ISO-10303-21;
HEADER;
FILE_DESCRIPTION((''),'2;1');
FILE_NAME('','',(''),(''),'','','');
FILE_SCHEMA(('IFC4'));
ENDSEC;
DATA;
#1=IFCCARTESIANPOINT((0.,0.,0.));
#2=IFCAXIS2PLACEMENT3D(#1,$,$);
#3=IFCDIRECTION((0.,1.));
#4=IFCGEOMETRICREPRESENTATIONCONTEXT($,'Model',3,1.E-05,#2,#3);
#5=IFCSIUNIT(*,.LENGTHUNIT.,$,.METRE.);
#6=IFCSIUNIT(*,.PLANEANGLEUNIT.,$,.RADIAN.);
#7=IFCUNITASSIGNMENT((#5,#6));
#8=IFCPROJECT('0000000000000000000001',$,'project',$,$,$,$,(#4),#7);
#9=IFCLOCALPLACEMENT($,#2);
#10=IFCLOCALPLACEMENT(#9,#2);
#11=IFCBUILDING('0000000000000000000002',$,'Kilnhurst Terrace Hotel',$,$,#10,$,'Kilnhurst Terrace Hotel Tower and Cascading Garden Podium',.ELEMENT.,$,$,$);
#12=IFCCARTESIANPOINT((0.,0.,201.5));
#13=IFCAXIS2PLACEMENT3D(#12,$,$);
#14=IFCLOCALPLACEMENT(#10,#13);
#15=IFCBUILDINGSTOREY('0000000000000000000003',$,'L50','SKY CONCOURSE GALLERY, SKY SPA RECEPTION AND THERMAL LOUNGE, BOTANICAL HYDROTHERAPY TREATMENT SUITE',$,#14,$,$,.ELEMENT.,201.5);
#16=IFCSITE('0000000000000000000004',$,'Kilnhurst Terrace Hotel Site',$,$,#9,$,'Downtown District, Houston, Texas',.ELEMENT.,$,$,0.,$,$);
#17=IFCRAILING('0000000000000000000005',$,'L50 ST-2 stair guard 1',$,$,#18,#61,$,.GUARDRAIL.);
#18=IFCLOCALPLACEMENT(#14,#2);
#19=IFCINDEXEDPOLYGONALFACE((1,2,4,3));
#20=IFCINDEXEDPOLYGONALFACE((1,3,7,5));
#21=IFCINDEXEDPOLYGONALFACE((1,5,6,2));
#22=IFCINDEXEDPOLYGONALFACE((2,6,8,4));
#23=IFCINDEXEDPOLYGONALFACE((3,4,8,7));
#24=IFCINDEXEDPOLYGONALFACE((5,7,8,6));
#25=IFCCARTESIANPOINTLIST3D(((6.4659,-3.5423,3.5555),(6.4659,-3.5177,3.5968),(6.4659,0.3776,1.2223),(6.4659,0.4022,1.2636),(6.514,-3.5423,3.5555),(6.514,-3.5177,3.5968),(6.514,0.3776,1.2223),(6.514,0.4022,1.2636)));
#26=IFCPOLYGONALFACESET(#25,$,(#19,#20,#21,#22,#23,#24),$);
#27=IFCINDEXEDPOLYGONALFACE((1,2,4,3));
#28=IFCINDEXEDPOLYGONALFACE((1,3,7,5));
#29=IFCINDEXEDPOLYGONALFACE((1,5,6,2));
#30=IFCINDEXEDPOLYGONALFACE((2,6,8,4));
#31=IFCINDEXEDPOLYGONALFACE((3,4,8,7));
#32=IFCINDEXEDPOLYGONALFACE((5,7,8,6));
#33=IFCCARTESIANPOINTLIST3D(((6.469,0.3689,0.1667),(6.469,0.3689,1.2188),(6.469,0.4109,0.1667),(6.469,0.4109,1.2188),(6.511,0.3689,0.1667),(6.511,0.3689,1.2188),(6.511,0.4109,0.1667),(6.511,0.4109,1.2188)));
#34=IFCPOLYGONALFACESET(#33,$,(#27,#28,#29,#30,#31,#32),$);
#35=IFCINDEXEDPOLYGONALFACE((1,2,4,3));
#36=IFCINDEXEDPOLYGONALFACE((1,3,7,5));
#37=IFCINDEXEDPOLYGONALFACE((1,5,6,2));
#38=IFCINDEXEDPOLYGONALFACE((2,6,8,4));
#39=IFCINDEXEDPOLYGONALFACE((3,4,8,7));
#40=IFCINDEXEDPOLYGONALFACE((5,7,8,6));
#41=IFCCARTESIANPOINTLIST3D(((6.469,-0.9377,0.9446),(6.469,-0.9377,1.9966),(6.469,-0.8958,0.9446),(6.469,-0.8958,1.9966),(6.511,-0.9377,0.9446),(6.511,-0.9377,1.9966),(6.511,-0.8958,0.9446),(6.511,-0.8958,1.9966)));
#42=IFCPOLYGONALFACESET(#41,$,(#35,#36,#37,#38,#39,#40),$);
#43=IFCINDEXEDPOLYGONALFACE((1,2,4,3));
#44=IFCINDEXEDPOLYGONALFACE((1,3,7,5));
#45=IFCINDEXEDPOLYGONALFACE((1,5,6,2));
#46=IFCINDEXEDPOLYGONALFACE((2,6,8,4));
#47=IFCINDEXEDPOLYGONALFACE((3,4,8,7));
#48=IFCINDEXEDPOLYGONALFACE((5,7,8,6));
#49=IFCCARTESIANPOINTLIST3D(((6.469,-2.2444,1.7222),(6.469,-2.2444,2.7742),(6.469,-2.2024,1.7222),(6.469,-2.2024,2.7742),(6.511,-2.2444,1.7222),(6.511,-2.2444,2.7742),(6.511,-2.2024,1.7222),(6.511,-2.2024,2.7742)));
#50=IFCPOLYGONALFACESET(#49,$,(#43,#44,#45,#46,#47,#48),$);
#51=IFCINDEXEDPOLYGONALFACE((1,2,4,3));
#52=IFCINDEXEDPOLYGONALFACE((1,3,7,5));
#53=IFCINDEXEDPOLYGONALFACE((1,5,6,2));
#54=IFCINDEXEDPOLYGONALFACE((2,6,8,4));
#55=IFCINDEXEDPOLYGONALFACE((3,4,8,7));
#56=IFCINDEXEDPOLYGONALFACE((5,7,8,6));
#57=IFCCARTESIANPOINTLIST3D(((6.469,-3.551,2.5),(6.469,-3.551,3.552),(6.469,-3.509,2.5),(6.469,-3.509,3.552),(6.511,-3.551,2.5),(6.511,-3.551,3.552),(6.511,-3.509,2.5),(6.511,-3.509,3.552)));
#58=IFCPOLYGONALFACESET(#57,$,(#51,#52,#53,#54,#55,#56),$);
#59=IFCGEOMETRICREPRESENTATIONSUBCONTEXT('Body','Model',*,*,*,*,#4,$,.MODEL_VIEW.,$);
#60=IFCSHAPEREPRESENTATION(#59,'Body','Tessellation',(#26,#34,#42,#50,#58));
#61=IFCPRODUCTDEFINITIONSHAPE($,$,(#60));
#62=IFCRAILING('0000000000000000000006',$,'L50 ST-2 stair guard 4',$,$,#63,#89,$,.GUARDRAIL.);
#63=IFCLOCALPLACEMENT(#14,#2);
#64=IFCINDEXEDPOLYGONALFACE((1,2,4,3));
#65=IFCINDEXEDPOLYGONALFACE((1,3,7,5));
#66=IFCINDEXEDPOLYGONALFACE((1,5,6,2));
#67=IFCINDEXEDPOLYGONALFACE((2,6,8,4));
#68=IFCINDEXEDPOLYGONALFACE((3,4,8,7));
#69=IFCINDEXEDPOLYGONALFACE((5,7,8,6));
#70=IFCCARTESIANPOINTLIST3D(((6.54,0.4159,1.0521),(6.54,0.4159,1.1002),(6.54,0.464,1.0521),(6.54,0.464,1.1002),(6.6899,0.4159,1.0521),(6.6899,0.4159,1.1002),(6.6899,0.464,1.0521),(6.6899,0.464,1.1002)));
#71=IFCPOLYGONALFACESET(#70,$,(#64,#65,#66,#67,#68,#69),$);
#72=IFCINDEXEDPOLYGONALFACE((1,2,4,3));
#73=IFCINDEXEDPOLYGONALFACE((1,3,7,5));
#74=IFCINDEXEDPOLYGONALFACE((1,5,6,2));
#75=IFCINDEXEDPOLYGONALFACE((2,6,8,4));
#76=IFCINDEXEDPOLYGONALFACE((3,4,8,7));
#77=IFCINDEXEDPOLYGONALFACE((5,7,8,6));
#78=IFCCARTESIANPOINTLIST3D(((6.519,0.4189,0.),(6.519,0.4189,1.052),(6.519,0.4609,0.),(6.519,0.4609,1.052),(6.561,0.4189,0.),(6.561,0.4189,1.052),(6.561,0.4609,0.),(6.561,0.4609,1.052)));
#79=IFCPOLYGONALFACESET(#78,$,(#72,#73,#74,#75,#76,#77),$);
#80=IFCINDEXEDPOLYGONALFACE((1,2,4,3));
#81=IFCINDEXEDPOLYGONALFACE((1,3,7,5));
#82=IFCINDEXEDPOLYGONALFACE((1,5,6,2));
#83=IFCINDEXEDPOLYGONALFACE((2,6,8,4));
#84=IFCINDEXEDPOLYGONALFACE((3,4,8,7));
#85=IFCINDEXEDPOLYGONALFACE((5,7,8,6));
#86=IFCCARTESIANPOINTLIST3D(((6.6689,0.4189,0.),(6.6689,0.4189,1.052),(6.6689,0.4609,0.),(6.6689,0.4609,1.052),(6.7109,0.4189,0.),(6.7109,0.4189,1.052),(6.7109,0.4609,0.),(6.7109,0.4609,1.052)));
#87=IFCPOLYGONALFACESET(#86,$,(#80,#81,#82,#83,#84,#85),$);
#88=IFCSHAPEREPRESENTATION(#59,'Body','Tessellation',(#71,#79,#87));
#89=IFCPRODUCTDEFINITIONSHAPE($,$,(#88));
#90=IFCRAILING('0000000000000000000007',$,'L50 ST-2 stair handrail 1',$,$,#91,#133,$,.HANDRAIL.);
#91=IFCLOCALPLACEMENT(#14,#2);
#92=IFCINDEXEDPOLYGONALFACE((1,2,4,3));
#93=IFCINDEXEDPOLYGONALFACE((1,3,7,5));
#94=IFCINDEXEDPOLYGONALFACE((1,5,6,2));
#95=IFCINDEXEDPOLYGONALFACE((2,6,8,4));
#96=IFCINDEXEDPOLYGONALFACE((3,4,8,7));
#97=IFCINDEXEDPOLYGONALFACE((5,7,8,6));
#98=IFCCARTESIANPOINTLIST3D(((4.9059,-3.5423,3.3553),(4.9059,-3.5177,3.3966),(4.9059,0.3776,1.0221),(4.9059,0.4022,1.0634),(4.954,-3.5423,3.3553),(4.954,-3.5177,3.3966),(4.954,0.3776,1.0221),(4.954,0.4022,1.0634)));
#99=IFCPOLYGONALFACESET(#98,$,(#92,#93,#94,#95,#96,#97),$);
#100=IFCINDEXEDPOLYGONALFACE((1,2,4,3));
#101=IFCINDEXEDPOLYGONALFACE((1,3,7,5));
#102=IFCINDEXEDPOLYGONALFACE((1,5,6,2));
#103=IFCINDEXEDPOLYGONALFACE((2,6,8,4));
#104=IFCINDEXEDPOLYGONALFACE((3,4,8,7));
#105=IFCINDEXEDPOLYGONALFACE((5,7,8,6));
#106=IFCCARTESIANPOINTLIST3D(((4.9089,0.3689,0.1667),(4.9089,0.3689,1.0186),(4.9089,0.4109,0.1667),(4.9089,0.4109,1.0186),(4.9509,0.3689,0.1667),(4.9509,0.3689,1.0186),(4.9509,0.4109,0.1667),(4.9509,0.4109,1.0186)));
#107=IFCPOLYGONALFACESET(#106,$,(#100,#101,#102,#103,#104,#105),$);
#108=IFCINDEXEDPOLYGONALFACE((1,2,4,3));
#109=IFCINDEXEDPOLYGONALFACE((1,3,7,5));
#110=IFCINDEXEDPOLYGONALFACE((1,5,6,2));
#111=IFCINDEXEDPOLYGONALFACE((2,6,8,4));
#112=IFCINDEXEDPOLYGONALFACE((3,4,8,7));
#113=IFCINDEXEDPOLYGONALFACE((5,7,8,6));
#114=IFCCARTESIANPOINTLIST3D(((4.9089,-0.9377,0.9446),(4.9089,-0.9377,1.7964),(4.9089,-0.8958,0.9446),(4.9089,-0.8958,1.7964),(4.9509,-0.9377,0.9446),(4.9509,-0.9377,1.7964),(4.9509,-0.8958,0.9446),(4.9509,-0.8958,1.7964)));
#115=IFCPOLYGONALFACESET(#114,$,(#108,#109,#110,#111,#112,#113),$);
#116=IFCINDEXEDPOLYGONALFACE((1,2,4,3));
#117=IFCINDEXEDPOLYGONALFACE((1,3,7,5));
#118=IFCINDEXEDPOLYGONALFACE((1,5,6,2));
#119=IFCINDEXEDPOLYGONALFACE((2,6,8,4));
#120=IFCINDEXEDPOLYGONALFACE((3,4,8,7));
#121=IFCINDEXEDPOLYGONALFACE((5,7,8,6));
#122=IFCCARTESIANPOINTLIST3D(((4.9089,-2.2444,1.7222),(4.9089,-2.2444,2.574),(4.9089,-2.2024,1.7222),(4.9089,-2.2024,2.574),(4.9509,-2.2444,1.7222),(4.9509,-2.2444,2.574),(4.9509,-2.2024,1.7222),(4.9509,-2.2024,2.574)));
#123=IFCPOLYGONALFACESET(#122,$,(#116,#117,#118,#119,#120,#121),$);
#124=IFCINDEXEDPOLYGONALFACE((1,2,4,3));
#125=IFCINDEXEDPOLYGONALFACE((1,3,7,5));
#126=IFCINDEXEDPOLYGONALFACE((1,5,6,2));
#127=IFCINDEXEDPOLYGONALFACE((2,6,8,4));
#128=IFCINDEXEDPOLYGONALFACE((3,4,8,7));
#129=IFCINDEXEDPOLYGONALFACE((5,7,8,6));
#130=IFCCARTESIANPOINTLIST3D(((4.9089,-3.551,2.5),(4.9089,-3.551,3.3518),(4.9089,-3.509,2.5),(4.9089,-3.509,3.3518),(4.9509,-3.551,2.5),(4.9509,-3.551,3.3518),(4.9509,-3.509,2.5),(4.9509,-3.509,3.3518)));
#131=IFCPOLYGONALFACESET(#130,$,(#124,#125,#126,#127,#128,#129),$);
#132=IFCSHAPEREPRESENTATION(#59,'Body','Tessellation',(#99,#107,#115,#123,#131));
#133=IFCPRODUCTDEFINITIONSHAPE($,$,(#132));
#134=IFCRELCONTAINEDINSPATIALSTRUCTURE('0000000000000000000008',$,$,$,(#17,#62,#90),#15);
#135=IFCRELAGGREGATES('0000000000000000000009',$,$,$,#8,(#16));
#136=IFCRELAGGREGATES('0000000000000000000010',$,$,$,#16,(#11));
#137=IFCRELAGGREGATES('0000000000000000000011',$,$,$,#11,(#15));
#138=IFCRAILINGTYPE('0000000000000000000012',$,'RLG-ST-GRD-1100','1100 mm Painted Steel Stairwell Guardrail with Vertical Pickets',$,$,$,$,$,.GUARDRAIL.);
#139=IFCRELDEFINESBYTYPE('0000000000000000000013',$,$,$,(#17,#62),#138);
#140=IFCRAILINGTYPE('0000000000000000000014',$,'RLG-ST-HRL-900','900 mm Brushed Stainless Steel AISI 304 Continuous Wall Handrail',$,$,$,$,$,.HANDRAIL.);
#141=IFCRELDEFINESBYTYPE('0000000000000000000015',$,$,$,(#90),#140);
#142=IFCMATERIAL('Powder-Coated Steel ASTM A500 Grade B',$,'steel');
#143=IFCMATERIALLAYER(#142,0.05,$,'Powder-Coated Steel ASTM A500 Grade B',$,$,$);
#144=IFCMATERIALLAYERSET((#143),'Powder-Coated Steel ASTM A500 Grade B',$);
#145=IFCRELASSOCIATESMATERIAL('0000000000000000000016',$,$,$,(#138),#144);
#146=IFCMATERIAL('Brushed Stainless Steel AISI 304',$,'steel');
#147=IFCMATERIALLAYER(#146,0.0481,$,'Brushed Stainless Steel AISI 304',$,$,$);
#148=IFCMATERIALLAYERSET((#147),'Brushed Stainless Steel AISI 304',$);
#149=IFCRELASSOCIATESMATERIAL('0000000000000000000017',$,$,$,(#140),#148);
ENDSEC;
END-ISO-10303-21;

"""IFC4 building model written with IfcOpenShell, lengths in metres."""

from ifc_helpers import new_model, si_unit, direction, frame, origin, origin_2d, place, context, subcontext, project, spatial, rectangle, extrude, material, layer, layer_set, type_object, element, save


model = new_model("IFC4")

# Units and contexts
model_context = context("Model", 3, precision=1e-05, world=origin(), true_north=direction((0.0, 1.0)))
body_context = subcontext(model_context, "Body", "Model", "MODEL_VIEW")
ifc_project = project(units=[si_unit("LENGTHUNIT", "METRE"), si_unit("PLANEANGLEUNIT", "RADIAN")], contexts=[model_context])

# Site, building, storey
site_placement = place(None, origin())
site = spatial("IfcSite", under=ifc_project, at=site_placement, Name="Kilnhurst Terrace Hotel Site", LongName="Downtown District, Houston, Texas", CompositionType="ELEMENT", RefElevation=0.0)
building_placement = place(site_placement, origin())
building = spatial("IfcBuilding", under=site, at=building_placement, Name="Kilnhurst Terrace Hotel", LongName="Kilnhurst Terrace Hotel Tower and Cascading Garden Podium", CompositionType="ELEMENT")
storey_placement = place(building_placement, frame((0.0, 0.0, 201.5)))
storey = spatial("IfcBuildingStorey", under=building, at=storey_placement, Name="L50", Description="SKY CONCOURSE GALLERY, SKY SPA RECEPTION AND THERMAL LOUNGE, BOTANICAL HYDROTHERAPY TREATMENT SUITE", CompositionType="ELEMENT", Elevation=201.5)

# Railings
ifc_material_1 = material(Name="Powder-Coated Steel ASTM A500 Grade B", Category="steel")
ifc_layer_1 = layer(ifc_material_1, 0.05, Name="Powder-Coated Steel ASTM A500 Grade B")
ifc_layer_set_1 = layer_set([ifc_layer_1], Name="Powder-Coated Steel ASTM A500 Grade B")
railing_type_1 = type_object("IfcRailingType", Name="RLG-ST-GRD-1100", Description="1100 mm Painted Steel Stairwell Guardrail with Vertical Pickets", PredefinedType="GUARDRAIL", material=ifc_layer_set_1)
railing_1_placement = place(storey_placement, frame((6.49, 0.3899, 0.1667)))
element("IfcRailing", 1, at=railing_1_placement, inside=storey, type_object=railing_type_1, Name="L50 ST-2 stair guard 1", PredefinedType="GUARDRAIL", context=body_context, shape_type="SweptSolid", body=[
    extrude(rectangle(XDim=0.0481, YDim=0.0481, at=origin_2d()), frame((0.0, 0.0, 1.0762), z_axis=(0.0, -0.859296, 0.511478), x_axis=(1.0, 0.0, 0.0)), (0.0, 0.0, 1.0), 4.5618),
    extrude(rectangle(XDim=0.042, YDim=0.042, at=origin_2d()), origin(), (0.0, 0.0, 1.0), 1.052),
    extrude(rectangle(XDim=0.042, YDim=0.042, at=origin_2d()), frame((0.0, -1.3066, 0.7778)), (0.0, 0.0, 1.0), 1.052),
    extrude(rectangle(XDim=0.042, YDim=0.042, at=origin_2d()), frame((0.0, -2.6133, 1.5554)), (0.0, 0.0, 1.0), 1.052),
    extrude(rectangle(XDim=0.042, YDim=0.042, at=origin_2d()), frame((0.0, -3.9199, 2.3333)), (0.0, 0.0, 1.0), 1.052),
])
railing_2_placement = place(storey_placement, frame((6.54, 0.4399, 0.0)))
element("IfcRailing", 2, at=railing_2_placement, inside=storey, type_object=railing_type_1, Name="L50 ST-2 stair guard 4", PredefinedType="GUARDRAIL", context=body_context, shape_type="SweptSolid", body=[
    extrude(rectangle(XDim=0.0481, YDim=0.0481, at=origin_2d()), frame((0.0, 0.0, 1.0762), z_axis=(1.0, 0.0, 0.0), x_axis=(0.0, 1.0, 0.0)), (0.0, 0.0, 1.0), 0.1499),
    extrude(rectangle(XDim=0.042, YDim=0.042, at=origin_2d()), origin(), (0.0, 0.0, 1.0), 1.052),
    extrude(rectangle(XDim=0.042, YDim=0.042, at=origin_2d()), frame((0.1499, 0.0, 0.0)), (0.0, 0.0, 1.0), 1.052),
])
ifc_material_2 = material(Name="Brushed Stainless Steel AISI 304", Category="steel")
ifc_layer_2 = layer(ifc_material_2, 0.0481, Name="Brushed Stainless Steel AISI 304")
ifc_layer_set_2 = layer_set([ifc_layer_2], Name="Brushed Stainless Steel AISI 304")
railing_type_2 = type_object("IfcRailingType", Name="RLG-ST-HRL-900", Description="900 mm Brushed Stainless Steel AISI 304 Continuous Wall Handrail", PredefinedType="HANDRAIL", material=ifc_layer_set_2)
railing_3_placement = place(storey_placement, frame((4.9299, 0.3899, 0.1667)))
element("IfcRailing", 3, at=railing_3_placement, inside=storey, type_object=railing_type_2, Name="L50 ST-2 stair handrail 1", PredefinedType="HANDRAIL", context=body_context, shape_type="SweptSolid", body=[
    extrude(rectangle(XDim=0.0481, YDim=0.0481, at=origin_2d()), frame((0.0, 0.0, 0.876), z_axis=(0.0, -0.859296, 0.511478), x_axis=(1.0, 0.0, 0.0)), (0.0, 0.0, 1.0), 4.5618),
    extrude(rectangle(XDim=0.042, YDim=0.042, at=origin_2d()), origin(), (0.0, 0.0, 1.0), 0.8518),
    extrude(rectangle(XDim=0.042, YDim=0.042, at=origin_2d()), frame((0.0, -1.3066, 0.7778)), (0.0, 0.0, 1.0), 0.8518),
    extrude(rectangle(XDim=0.042, YDim=0.042, at=origin_2d()), frame((0.0, -2.6133, 1.5554)), (0.0, 0.0, 1.0), 0.8518),
    extrude(rectangle(XDim=0.042, YDim=0.042, at=origin_2d()), frame((0.0, -3.9199, 2.3333)), (0.0, 0.0, 1.0), 0.8518),
])

save(model, "model.ifc")
